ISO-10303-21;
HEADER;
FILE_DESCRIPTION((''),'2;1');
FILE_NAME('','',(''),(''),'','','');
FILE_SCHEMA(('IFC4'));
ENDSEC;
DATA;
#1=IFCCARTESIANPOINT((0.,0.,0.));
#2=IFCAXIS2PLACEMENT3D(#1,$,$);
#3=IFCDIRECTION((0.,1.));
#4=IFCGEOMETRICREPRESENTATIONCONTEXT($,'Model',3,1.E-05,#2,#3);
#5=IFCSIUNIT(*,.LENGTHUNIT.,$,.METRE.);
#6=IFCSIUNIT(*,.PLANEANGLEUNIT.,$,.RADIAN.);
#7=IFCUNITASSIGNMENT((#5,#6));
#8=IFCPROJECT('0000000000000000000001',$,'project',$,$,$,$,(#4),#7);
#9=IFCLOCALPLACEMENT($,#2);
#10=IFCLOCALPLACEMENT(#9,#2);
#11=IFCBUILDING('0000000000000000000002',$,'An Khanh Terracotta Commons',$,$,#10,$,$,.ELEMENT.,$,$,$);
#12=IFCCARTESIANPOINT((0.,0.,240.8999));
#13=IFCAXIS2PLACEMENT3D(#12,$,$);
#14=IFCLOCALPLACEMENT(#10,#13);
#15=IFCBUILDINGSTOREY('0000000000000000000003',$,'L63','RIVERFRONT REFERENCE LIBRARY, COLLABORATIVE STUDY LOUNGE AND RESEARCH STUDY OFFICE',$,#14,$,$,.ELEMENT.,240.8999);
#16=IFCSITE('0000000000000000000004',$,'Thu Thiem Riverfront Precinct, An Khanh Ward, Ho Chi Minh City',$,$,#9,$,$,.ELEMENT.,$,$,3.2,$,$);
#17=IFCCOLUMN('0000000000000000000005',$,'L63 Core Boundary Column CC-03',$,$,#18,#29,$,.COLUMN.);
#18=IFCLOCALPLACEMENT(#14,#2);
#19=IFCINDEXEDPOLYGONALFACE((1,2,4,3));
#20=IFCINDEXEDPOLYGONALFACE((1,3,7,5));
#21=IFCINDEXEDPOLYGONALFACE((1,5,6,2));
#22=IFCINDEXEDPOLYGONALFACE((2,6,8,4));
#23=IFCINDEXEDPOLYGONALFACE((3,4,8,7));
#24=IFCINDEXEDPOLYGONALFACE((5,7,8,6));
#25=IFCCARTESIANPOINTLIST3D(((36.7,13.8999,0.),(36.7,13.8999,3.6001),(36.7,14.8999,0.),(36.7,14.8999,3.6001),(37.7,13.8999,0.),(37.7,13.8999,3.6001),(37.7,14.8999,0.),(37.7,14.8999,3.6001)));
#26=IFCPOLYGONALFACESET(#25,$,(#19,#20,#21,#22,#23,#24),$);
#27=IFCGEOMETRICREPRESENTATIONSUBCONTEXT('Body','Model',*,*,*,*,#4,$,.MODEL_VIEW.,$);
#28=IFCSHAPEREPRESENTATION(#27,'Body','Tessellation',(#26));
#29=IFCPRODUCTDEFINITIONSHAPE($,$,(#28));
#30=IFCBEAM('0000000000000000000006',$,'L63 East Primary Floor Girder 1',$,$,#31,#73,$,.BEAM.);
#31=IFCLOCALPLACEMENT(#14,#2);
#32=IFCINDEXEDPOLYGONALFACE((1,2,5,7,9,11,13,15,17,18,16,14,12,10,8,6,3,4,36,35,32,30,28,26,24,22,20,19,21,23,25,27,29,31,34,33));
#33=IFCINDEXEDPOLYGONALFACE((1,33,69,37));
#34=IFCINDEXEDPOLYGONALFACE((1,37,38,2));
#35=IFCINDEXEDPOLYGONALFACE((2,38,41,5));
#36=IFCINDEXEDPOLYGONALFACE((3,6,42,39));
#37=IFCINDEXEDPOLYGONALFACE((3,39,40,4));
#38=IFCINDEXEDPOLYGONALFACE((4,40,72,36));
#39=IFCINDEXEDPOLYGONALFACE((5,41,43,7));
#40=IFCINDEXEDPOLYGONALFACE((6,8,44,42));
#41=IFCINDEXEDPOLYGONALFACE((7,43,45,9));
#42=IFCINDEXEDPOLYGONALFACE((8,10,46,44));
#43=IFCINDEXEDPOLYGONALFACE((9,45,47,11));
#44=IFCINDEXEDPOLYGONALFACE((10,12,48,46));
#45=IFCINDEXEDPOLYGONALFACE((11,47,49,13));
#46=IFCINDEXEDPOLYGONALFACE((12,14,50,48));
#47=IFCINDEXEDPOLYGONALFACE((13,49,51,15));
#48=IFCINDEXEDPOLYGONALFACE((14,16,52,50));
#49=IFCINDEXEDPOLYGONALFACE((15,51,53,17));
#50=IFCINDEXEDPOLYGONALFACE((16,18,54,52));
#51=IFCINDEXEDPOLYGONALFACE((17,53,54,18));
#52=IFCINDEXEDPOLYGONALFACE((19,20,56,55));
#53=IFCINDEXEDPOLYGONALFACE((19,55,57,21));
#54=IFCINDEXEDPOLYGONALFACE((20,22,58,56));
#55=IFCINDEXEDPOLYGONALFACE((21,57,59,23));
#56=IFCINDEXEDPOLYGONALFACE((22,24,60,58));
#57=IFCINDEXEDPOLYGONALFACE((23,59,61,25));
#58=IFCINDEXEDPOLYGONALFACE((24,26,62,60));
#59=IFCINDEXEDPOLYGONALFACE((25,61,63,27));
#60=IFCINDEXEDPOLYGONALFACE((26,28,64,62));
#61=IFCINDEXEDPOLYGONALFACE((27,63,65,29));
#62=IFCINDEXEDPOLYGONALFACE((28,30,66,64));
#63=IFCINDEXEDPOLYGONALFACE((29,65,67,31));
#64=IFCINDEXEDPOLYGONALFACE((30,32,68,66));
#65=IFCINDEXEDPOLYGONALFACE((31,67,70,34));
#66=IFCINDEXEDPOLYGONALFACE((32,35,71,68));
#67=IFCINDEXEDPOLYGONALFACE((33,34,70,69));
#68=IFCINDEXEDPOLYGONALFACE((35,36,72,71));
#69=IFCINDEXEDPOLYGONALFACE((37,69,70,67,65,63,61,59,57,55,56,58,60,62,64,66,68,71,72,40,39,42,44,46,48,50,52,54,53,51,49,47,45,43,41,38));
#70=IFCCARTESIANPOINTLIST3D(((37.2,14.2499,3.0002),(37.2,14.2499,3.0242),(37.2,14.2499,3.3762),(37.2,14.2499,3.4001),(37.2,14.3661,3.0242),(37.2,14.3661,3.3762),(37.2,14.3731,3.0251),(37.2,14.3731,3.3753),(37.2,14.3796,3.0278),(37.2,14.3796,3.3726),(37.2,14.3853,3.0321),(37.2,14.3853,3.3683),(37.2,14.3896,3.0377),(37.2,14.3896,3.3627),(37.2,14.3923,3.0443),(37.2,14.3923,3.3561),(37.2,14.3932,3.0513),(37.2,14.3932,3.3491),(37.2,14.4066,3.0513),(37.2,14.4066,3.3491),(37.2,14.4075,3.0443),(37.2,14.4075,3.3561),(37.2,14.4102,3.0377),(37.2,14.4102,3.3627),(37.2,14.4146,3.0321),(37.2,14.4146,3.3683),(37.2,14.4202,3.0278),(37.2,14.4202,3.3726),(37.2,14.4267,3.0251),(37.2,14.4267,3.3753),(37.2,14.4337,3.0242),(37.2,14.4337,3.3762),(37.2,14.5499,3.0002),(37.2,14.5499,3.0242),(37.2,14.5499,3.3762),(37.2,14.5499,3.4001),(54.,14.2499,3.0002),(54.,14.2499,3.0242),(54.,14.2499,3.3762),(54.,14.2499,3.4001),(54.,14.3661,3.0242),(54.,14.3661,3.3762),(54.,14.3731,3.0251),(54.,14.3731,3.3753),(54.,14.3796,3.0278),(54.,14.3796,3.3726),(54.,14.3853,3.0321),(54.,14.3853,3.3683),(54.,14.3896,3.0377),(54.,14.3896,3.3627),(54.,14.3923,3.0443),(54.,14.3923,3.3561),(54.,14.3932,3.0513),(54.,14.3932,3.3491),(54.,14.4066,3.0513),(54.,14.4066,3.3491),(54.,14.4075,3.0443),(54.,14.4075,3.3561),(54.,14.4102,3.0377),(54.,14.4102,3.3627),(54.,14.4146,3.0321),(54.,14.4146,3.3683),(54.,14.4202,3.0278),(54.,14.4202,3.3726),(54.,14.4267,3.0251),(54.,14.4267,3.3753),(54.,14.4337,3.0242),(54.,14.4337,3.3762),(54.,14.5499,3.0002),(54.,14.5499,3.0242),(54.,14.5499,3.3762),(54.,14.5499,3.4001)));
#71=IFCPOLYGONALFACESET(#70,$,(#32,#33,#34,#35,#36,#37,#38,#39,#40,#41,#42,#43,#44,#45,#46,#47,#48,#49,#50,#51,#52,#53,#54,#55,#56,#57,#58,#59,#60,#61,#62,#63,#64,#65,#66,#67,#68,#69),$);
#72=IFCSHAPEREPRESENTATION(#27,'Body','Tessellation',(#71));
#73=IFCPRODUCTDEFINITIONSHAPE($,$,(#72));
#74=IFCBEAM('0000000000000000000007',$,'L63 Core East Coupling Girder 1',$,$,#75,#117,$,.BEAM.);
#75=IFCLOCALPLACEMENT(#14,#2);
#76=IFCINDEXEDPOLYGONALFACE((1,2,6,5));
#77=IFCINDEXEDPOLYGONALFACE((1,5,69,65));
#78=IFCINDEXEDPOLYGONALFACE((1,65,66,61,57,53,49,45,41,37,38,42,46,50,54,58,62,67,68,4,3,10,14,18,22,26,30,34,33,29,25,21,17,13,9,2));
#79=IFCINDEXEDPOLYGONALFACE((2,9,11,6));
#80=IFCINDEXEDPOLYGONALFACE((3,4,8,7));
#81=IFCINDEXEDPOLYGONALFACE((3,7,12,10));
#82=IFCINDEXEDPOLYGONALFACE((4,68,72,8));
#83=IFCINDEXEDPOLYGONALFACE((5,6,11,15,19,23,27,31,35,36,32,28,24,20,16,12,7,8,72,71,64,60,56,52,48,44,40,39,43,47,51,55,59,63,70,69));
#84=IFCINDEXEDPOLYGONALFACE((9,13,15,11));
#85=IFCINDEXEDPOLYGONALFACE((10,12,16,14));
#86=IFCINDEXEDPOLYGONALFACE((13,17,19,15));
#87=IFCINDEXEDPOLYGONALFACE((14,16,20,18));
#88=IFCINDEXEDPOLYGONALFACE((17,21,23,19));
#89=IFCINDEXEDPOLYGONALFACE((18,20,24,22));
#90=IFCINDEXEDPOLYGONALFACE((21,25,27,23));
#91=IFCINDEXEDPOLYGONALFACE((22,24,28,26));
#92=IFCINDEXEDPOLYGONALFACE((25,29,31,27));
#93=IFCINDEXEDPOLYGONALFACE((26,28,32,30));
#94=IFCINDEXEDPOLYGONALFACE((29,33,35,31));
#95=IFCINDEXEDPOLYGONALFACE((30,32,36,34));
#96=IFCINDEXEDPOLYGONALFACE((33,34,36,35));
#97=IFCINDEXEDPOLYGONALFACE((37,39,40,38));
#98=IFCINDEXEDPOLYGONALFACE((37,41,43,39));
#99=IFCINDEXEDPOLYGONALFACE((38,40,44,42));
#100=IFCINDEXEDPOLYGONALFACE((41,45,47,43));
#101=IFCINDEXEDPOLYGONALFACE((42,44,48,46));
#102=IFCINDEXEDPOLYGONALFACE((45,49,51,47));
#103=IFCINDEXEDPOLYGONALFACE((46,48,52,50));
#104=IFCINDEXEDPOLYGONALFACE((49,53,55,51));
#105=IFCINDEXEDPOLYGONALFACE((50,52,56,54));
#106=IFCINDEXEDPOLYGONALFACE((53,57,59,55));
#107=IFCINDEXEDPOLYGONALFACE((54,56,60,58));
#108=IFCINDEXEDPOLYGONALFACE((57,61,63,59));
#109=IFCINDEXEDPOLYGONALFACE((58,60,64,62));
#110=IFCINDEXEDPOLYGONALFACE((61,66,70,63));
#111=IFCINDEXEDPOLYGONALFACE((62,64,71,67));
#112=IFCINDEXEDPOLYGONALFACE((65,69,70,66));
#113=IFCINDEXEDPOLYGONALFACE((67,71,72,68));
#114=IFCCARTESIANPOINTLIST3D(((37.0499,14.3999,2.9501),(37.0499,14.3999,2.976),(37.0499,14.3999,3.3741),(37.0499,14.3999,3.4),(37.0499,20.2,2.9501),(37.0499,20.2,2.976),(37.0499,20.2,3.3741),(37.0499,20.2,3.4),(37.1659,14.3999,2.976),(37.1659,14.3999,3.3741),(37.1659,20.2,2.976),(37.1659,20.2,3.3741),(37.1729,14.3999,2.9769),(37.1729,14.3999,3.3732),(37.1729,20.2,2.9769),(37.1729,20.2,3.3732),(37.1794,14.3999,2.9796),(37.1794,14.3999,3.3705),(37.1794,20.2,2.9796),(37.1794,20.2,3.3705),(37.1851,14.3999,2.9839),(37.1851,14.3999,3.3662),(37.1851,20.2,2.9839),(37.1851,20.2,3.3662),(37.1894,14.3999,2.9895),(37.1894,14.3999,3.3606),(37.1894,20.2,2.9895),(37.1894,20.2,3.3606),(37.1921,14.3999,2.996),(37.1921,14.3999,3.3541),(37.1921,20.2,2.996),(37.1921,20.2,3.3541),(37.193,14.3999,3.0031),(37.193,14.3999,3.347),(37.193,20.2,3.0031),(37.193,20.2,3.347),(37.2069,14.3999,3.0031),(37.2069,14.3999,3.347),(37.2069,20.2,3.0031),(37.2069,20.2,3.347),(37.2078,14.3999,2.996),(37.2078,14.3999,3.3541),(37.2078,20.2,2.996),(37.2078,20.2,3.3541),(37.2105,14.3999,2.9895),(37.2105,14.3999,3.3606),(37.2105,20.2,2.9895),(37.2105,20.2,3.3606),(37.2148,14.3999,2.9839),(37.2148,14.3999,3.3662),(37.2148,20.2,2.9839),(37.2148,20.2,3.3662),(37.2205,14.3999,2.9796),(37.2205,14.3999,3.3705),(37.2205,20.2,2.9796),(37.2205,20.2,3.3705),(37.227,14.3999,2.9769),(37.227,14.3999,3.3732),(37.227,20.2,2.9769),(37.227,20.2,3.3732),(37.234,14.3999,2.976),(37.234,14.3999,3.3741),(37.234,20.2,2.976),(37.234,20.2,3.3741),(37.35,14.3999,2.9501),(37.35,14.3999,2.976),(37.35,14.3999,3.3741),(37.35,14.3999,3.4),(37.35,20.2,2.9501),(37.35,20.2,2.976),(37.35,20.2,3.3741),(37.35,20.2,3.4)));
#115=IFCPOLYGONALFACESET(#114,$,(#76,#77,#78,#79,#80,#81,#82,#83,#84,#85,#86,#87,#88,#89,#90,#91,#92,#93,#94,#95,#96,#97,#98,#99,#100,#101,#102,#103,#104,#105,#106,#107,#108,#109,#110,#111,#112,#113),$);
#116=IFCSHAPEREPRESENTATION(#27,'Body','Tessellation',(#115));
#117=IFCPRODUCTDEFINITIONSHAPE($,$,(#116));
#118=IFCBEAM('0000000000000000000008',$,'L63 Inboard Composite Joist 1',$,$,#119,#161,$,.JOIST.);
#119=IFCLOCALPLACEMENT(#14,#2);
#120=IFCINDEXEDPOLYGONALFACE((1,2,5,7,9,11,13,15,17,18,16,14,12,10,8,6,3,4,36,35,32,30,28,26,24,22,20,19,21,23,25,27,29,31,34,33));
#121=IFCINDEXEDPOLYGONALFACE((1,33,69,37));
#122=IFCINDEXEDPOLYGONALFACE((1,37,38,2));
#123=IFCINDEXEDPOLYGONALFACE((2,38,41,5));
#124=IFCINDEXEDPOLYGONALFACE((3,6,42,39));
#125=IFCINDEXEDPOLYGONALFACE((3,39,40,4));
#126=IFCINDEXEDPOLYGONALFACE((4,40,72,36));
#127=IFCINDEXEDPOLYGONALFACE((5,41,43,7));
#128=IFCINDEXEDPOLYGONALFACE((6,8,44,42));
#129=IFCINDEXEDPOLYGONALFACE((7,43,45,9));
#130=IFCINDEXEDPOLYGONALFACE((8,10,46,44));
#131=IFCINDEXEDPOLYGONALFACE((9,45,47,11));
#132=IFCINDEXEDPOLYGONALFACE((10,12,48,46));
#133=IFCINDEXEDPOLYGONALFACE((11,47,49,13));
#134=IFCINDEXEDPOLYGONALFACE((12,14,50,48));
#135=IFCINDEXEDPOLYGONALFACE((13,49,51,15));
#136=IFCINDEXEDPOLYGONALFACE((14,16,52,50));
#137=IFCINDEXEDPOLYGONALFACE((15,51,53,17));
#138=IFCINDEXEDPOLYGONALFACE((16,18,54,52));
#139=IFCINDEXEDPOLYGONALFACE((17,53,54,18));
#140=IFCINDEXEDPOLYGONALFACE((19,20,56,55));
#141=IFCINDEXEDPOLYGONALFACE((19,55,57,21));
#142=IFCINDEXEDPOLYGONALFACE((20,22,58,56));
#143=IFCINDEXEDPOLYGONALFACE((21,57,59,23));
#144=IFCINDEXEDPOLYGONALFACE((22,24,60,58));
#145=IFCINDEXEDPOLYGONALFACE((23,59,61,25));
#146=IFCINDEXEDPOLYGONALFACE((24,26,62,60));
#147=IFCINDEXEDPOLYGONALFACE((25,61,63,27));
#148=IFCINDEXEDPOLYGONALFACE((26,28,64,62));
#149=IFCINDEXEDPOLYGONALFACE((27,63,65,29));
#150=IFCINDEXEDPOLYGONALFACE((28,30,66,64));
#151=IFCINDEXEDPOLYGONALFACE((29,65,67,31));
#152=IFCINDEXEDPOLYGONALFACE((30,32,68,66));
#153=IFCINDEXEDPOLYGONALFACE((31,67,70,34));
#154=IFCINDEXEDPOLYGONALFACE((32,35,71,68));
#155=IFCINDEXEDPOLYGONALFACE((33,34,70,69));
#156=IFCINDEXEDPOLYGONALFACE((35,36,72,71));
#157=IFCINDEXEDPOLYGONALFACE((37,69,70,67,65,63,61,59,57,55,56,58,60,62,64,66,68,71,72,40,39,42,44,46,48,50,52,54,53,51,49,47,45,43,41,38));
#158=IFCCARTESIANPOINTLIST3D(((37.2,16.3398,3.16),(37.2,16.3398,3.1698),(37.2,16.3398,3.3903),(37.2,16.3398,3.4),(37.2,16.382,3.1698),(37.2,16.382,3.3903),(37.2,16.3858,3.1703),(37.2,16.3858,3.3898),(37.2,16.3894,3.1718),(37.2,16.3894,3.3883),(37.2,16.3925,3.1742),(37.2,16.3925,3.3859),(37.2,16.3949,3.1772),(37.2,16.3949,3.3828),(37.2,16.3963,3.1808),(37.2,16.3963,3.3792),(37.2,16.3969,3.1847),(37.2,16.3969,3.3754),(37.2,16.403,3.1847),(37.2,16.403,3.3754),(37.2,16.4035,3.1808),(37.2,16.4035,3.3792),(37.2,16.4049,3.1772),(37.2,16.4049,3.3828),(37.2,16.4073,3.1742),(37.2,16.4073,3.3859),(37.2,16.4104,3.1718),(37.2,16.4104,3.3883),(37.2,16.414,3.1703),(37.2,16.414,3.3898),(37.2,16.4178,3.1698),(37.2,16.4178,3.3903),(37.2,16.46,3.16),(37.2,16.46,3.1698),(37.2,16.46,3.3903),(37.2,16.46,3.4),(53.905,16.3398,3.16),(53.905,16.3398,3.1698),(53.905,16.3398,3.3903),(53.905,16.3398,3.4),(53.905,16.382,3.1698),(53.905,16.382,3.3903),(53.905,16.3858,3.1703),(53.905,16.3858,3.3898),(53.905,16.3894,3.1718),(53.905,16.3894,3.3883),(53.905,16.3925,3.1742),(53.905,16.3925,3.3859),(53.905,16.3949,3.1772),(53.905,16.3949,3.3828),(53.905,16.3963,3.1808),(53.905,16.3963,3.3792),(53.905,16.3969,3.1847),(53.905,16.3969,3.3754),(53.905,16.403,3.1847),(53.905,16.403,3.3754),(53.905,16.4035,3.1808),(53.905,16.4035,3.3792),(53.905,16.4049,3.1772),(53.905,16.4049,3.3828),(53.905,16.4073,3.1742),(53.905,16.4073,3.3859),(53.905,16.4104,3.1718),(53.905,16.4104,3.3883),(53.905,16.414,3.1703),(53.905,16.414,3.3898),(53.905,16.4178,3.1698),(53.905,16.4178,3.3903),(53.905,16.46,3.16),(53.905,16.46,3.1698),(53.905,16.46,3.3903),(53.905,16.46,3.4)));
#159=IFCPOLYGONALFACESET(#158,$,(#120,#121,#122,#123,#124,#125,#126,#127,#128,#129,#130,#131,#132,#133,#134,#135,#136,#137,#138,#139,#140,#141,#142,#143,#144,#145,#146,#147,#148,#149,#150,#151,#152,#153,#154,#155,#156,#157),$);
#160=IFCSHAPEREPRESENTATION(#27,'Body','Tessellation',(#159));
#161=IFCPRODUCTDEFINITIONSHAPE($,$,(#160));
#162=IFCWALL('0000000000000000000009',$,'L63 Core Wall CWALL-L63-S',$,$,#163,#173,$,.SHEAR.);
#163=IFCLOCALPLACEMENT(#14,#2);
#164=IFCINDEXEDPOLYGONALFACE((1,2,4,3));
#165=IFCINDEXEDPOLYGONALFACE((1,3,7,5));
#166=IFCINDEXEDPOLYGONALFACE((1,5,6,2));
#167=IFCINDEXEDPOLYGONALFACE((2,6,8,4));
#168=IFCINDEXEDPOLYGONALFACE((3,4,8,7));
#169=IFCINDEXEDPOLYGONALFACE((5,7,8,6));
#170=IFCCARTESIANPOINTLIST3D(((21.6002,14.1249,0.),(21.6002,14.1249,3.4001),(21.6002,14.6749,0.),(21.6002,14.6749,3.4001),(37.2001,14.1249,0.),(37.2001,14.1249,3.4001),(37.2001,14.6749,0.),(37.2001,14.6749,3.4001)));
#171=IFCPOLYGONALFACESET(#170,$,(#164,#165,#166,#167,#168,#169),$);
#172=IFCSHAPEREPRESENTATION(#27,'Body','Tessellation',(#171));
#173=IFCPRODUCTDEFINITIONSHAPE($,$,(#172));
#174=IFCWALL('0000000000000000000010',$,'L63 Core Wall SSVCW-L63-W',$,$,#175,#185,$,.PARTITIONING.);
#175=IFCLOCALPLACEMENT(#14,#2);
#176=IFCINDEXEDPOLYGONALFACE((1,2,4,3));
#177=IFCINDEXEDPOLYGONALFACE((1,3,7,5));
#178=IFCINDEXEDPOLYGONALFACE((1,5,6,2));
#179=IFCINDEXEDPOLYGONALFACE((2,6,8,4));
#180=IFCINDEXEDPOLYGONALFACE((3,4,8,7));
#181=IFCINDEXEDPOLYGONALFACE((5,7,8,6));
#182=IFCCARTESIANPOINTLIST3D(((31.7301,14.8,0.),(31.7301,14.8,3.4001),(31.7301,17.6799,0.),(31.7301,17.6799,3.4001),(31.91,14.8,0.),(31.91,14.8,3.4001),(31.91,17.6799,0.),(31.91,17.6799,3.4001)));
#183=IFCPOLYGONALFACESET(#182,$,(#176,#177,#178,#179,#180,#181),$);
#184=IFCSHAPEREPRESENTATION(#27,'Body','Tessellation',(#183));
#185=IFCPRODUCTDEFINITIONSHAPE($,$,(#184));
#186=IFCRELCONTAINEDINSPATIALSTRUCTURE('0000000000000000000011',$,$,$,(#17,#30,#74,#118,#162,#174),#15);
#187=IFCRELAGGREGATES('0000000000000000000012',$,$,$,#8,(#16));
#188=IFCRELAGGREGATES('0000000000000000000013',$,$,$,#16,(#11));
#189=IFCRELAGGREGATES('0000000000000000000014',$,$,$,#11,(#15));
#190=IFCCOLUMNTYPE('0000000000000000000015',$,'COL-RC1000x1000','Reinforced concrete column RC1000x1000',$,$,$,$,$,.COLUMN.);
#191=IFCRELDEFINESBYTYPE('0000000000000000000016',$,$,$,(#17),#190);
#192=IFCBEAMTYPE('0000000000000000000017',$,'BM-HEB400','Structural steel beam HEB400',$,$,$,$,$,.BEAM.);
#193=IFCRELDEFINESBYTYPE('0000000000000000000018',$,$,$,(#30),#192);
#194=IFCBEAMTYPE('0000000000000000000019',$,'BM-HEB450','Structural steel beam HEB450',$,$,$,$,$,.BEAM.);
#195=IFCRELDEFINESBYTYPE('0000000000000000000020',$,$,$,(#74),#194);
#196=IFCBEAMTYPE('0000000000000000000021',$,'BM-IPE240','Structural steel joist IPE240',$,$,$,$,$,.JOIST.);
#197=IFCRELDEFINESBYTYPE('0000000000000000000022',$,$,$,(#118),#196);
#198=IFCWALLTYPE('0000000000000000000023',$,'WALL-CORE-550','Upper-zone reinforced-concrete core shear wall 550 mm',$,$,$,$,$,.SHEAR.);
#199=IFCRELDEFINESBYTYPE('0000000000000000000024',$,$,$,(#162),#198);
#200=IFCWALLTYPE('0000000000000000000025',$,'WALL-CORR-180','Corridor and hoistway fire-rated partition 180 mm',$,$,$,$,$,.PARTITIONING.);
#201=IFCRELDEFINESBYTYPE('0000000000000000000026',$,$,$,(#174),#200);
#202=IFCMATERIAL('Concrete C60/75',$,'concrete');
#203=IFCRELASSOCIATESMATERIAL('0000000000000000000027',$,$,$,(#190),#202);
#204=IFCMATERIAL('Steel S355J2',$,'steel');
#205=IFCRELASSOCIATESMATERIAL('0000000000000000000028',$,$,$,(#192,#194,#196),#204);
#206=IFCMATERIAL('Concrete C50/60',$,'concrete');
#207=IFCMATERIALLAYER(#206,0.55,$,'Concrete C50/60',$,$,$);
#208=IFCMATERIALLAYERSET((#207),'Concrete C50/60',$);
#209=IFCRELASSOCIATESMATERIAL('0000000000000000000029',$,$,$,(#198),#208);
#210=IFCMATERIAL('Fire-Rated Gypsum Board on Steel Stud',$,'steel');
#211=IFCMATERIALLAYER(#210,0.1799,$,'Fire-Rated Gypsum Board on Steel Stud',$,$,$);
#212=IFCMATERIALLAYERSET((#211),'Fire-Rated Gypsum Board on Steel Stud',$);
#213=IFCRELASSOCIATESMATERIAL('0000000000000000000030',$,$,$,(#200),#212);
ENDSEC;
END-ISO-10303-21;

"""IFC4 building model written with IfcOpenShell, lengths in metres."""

from ifc_helpers import new_model, si_unit, direction, frame, frame_2d, origin, origin_2d, place, context, subcontext, project, spatial, rectangle, i_section, extrude, material, layer, layer_set, material_profile, profile_set, type_object, element, save


model = new_model("IFC4")

# Units and contexts
model_context = context("Model", 3, precision=1e-05, world=origin(), true_north=direction((0.0, 1.0)))
body_context = subcontext(model_context, "Body", "Model", "MODEL_VIEW")
ifc_project = project(units=[si_unit("LENGTHUNIT", "METRE"), si_unit("PLANEANGLEUNIT", "RADIAN")], contexts=[model_context])

# Site, building, storey
site_placement = place(None, origin())
site = spatial("IfcSite", under=ifc_project, at=site_placement, Name="Thu Thiem Riverfront Precinct, An Khanh Ward, Ho Chi Minh City", CompositionType="ELEMENT", RefElevation=3.2)
building_placement = place(site_placement, origin())
building = spatial("IfcBuilding", under=site, at=building_placement, Name="An Khanh Terracotta Commons", CompositionType="ELEMENT")
storey_placement = place(building_placement, frame((0.0, 0.0, 240.8999)))
storey = spatial("IfcBuildingStorey", under=building, at=storey_placement, Name="L63", Description="RIVERFRONT REFERENCE LIBRARY, COLLABORATIVE STUDY LOUNGE AND RESEARCH STUDY OFFICE", CompositionType="ELEMENT", Elevation=240.8999)

# Column
ifc_material_1 = material(Name="Concrete C60/75", Category="concrete")
ifc_material_profile_1 = material_profile(ifc_material_1, rectangle(XDim=1.0, YDim=1.0, at=origin_2d()), Name="RC1000x1000")
ifc_profile_set_1 = profile_set([ifc_material_profile_1], Name="Concrete C60/75")
column_type = type_object("IfcColumnType", Name="COL-RC1000x1000", Description="Reinforced concrete column RC1000x1000", PredefinedType="COLUMN", material=ifc_profile_set_1)
column_placement = place(storey_placement, frame((37.2, 14.3999, 0.0), z_axis=(0.0, 0.0, 1.0), x_axis=(1.0, 0.0, 0.0)))
element("IfcColumn", 1, at=column_placement, inside=storey, type_object=column_type, Name="L63 Core Boundary Column CC-03", PredefinedType="COLUMN", context=body_context, shape_type="SweptSolid", body=[
    extrude(rectangle(XDim=1.0, YDim=1.0, at=origin_2d()), origin(), (0.0, 0.0, 1.0), 3.6001),
])

# Beams
ifc_material_2 = material(Name="Steel S355J2", Category="steel")
ifc_material_profile_2 = material_profile(ifc_material_2, i_section(OverallWidth=0.3, OverallDepth=0.3999, WebThickness=0.0134, FlangeThickness=0.0239, FilletRadius=0.0271, at=origin_2d()), Name="HEB400")
ifc_profile_set_2 = profile_set([ifc_material_profile_2], Name="Steel S355J2")
beam_type_1 = type_object("IfcBeamType", Name="BM-HEB400", Description="Structural steel beam HEB400", PredefinedType="BEAM", material=ifc_profile_set_2)
beam_1_placement = place(storey_placement, frame((37.2, 14.3999, 3.2002), z_axis=(1.0, 0.0, 0.0), x_axis=(0.0, 1.0, 0.0)))
element("IfcBeam", 2, at=beam_1_placement, inside=storey, type_object=beam_type_1, Name="L63 East Primary Floor Girder 1", PredefinedType="BEAM", context=body_context, shape_type="SweptSolid", body=[
    extrude(i_section(OverallWidth=0.3, OverallDepth=0.3999, WebThickness=0.0134, FlangeThickness=0.0239, FilletRadius=0.0271, at=origin_2d()), origin(), (0.0, 0.0, 1.0), 16.8),
])
ifc_material_profile_3 = material_profile(ifc_material_2, i_section(OverallWidth=0.3, OverallDepth=0.45, WebThickness=0.0139, FlangeThickness=0.0259, FilletRadius=0.0271, at=origin_2d()), Name="HEB450")
ifc_profile_set_3 = profile_set([ifc_material_profile_3], Name="Steel S355J2")
beam_type_2 = type_object("IfcBeamType", Name="BM-HEB450", Description="Structural steel beam HEB450", PredefinedType="BEAM", material=ifc_profile_set_3)
beam_2_placement = place(storey_placement, frame((37.2, 14.3999, 3.175), z_axis=(0.0, 1.0, 0.0), x_axis=(-1.0, 0.0, 0.0)))
element("IfcBeam", 3, at=beam_2_placement, inside=storey, type_object=beam_type_2, Name="L63 Core East Coupling Girder 1", PredefinedType="BEAM", context=body_context, shape_type="SweptSolid", body=[
    extrude(i_section(OverallWidth=0.3, OverallDepth=0.45, WebThickness=0.0139, FlangeThickness=0.0259, FilletRadius=0.0271, at=origin_2d()), origin(), (0.0, 0.0, 1.0), 5.8),
])
ifc_material_profile_4 = material_profile(ifc_material_2, i_section(OverallWidth=0.1201, OverallDepth=0.24, WebThickness=0.0061, FlangeThickness=0.0098, FilletRadius=0.0149, at=origin_2d()), Name="IPE240")
ifc_profile_set_4 = profile_set([ifc_material_profile_4], Name="Steel S355J2")
beam_type_3 = type_object("IfcBeamType", Name="BM-IPE240", Description="Structural steel joist IPE240", PredefinedType="JOIST", material=ifc_profile_set_4)
beam_3_placement = place(storey_placement, frame((37.2, 16.3999, 3.28), z_axis=(1.0, 0.0, 0.0), x_axis=(0.0, 1.0, 0.0)))
element("IfcBeam", 4, at=beam_3_placement, inside=storey, type_object=beam_type_3, Name="L63 Inboard Composite Joist 1", PredefinedType="JOIST", context=body_context, shape_type="SweptSolid", body=[
    extrude(i_section(OverallWidth=0.1201, OverallDepth=0.24, WebThickness=0.0061, FlangeThickness=0.0098, FilletRadius=0.0149, at=origin_2d()), origin(), (0.0, 0.0, 1.0), 16.7051),
])

# Wall
ifc_material_3 = material(Name="Concrete C50/60", Category="concrete")
ifc_layer_1 = layer(ifc_material_3, 0.55, Name="Concrete C50/60")
ifc_layer_set_1 = layer_set([ifc_layer_1], Name="Concrete C50/60")
wall_type_1 = type_object("IfcWallType", Name="WALL-CORE-550", Description="Upper-zone reinforced-concrete core shear wall 550 mm", PredefinedType="SHEAR", material=ifc_layer_set_1)
wall_1_placement = place(storey_placement, frame((37.2, 14.3999, 0.0), z_axis=(0.0, 0.0, 1.0), x_axis=(-1.0, 0.0, 0.0)))
element("IfcWall", 5, at=wall_1_placement, inside=storey, type_object=wall_type_1, Name="L63 Core Wall CWALL-L63-S", PredefinedType="SHEAR", context=body_context, shape_type="SweptSolid", body=[
    extrude(rectangle(XDim=15.5999, YDim=0.55, at=frame_2d((7.7998, 0.0))), origin(), (0.0, 0.0, 1.0), 3.4001),
])

# Wall
ifc_material_4 = material(Name="Fire-Rated Gypsum Board on Steel Stud", Category="steel")
ifc_layer_2 = layer(ifc_material_4, 0.1799, Name="Fire-Rated Gypsum Board on Steel Stud")
ifc_layer_set_2 = layer_set([ifc_layer_2], Name="Fire-Rated Gypsum Board on Steel Stud")
wall_type_2 = type_object("IfcWallType", Name="WALL-CORR-180", Description="Corridor and hoistway fire-rated partition 180 mm", PredefinedType="PARTITIONING", material=ifc_layer_set_2)
wall_2_placement = place(storey_placement, frame((31.8201, 14.8, 0.0), z_axis=(0.0, 0.0, 1.0), x_axis=(0.0, 1.0, 0.0)))
element("IfcWall", 6, at=wall_2_placement, inside=storey, type_object=wall_type_2, Name="L63 Core Wall SSVCW-L63-W", PredefinedType="PARTITIONING", context=body_context, shape_type="SweptSolid", body=[
    extrude(rectangle(XDim=2.8799, YDim=0.1799, at=frame_2d((1.4399, 0.0))), origin(), (0.0, 0.0, 1.0), 3.4001),
])

save(model, "model.ifc")
